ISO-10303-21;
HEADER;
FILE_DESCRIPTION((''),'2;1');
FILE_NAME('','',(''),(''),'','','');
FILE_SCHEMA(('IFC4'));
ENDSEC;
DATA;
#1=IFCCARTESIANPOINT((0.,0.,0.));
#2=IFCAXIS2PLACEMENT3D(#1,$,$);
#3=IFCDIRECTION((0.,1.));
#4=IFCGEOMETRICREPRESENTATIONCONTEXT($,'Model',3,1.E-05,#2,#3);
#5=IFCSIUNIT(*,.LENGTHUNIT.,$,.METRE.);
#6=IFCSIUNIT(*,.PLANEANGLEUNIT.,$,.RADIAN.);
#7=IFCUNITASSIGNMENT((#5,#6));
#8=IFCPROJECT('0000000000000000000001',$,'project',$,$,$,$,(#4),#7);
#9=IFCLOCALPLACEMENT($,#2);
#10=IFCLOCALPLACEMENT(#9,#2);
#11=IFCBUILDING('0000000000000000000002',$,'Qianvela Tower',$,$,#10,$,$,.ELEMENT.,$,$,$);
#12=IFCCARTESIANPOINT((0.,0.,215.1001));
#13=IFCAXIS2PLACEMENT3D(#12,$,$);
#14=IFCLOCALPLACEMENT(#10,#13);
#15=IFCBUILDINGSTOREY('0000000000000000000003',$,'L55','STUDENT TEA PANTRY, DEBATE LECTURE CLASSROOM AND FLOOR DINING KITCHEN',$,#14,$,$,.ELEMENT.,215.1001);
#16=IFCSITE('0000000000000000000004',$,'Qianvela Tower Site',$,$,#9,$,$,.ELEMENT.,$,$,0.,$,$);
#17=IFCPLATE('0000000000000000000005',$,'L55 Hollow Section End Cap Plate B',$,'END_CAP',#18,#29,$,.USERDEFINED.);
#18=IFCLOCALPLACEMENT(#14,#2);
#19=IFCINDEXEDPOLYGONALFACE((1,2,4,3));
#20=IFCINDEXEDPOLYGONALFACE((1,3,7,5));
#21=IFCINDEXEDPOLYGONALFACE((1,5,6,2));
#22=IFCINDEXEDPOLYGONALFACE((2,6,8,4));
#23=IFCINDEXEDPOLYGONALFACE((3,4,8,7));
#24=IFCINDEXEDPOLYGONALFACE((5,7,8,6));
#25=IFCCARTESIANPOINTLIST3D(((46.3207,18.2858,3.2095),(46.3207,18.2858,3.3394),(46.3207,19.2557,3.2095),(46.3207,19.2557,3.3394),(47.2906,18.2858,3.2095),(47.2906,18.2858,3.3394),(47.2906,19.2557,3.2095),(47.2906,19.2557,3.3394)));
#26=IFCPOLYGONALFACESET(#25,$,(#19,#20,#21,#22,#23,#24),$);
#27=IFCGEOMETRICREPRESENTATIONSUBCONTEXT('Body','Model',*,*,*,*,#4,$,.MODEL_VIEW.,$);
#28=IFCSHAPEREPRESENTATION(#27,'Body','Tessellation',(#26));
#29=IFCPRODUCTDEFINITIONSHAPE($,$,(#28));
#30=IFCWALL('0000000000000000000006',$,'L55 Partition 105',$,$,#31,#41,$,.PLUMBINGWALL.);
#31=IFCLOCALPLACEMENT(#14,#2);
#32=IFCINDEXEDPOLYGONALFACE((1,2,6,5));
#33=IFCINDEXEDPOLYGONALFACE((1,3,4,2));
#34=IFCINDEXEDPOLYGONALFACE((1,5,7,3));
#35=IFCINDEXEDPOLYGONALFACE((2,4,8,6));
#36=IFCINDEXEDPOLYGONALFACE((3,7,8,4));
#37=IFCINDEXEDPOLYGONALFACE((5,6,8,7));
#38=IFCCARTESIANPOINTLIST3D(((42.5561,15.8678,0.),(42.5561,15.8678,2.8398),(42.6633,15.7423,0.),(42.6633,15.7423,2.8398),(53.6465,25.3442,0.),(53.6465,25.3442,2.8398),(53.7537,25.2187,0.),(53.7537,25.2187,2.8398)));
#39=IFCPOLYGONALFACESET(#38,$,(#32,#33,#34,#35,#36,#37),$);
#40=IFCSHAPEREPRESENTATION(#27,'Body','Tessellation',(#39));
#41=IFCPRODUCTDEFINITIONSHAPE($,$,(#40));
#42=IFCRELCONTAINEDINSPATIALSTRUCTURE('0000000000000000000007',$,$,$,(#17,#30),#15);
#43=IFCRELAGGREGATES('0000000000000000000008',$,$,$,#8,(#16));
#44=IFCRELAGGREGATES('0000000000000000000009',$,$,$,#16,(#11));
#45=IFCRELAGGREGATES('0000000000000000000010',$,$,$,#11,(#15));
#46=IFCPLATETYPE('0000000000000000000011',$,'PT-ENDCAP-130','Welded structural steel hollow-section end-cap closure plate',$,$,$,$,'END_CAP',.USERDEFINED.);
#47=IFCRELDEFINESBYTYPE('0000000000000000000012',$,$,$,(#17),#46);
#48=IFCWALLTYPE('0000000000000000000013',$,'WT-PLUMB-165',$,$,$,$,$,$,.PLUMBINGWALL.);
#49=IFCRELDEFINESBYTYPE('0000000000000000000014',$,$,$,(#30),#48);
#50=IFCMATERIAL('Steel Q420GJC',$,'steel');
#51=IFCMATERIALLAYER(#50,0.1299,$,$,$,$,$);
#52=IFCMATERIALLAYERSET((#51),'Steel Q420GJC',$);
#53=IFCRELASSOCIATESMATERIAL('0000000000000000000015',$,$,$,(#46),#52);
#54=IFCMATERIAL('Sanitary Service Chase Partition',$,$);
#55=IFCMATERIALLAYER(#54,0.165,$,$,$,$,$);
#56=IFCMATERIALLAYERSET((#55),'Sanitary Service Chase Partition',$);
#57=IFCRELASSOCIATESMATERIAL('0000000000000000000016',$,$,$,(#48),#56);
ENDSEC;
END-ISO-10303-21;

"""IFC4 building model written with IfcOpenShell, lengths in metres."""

from ifc_helpers import new_model, si_unit, direction, frame, frame_2d, origin, origin_2d, place, context, subcontext, project, spatial, rectangle, extrude, material, layer, layer_set, type_object, element, save


model = new_model("IFC4")

# Units and contexts
model_context = context("Model", 3, precision=1e-05, world=origin(), true_north=direction((0.0, 1.0)))
body_context = subcontext(model_context, "Body", "Model", "MODEL_VIEW")
ifc_project = project(units=[si_unit("LENGTHUNIT", "METRE"), si_unit("PLANEANGLEUNIT", "RADIAN")], contexts=[model_context])

# Site, building, storey
site_placement = place(None, origin())
site = spatial("IfcSite", under=ifc_project, at=site_placement, Name="Qianvela Tower Site", CompositionType="ELEMENT", RefElevation=0.0)
building_placement = place(site_placement, origin())
building = spatial("IfcBuilding", under=site, at=building_placement, Name="Qianvela Tower", CompositionType="ELEMENT")
storey_placement = place(building_placement, frame((0.0, 0.0, 215.1001)))
storey = spatial("IfcBuildingStorey", under=building, at=storey_placement, Name="L55", Description="STUDENT TEA PANTRY, DEBATE LECTURE CLASSROOM AND FLOOR DINING KITCHEN", CompositionType="ELEMENT", Elevation=215.1001)

# Plate
ifc_material_1 = material(Name="Steel Q420GJC", Category="steel")
ifc_layer_1 = layer(ifc_material_1, 0.1299)
ifc_layer_set_1 = layer_set([ifc_layer_1], Name="Steel Q420GJC")
plate_type_1 = type_object("IfcPlateType", Name="PT-ENDCAP-130", Description="Welded structural steel hollow-section end-cap closure plate", ElementType="END_CAP", PredefinedType="USERDEFINED", material=ifc_layer_set_1)
plate_1_placement = place(storey_placement, frame((46.8057, 18.7708, 3.2095), z_axis=(0.0, 0.0, 1.0), x_axis=(1.0, 0.0, 0.0)))
element("IfcPlate", 1, at=plate_1_placement, inside=storey, type_object=plate_type_1, Name="L55 Hollow Section End Cap Plate B", ObjectType="END_CAP", PredefinedType="USERDEFINED", context=body_context, shape_type="SweptSolid", body=[
    extrude(rectangle(XDim=0.97, YDim=0.97, at=origin_2d()), origin(), (0.0, 0.0, 1.0), 0.1299),
])

# Wall
ifc_material_2 = material(Name="Sanitary Service Chase Partition")
ifc_layer_2 = layer(ifc_material_2, 0.165)
ifc_layer_set_2 = layer_set([ifc_layer_2], Name="Sanitary Service Chase Partition")
wall_type = type_object("IfcWallType", Name="WT-PLUMB-165", PredefinedType="PLUMBINGWALL", material=ifc_layer_set_2)
wall_placement = place(storey_placement, frame((53.7002, 25.2815, 0.0), z_axis=(0.0, 0.0, 1.0), x_axis=(-0.760261, -0.649618, 0.0)))
element("IfcWall", 2, at=wall_placement, inside=storey, type_object=wall_type, Name="L55 Partition 105", PredefinedType="PLUMBINGWALL", context=body_context, shape_type="SweptSolid", body=[
    extrude(rectangle(XDim=14.5876, YDim=0.165, at=frame_2d((7.2939, 0.0))), origin(), (0.0, 0.0, 1.0), 2.8398),
])

save(model, "model.ifc")
